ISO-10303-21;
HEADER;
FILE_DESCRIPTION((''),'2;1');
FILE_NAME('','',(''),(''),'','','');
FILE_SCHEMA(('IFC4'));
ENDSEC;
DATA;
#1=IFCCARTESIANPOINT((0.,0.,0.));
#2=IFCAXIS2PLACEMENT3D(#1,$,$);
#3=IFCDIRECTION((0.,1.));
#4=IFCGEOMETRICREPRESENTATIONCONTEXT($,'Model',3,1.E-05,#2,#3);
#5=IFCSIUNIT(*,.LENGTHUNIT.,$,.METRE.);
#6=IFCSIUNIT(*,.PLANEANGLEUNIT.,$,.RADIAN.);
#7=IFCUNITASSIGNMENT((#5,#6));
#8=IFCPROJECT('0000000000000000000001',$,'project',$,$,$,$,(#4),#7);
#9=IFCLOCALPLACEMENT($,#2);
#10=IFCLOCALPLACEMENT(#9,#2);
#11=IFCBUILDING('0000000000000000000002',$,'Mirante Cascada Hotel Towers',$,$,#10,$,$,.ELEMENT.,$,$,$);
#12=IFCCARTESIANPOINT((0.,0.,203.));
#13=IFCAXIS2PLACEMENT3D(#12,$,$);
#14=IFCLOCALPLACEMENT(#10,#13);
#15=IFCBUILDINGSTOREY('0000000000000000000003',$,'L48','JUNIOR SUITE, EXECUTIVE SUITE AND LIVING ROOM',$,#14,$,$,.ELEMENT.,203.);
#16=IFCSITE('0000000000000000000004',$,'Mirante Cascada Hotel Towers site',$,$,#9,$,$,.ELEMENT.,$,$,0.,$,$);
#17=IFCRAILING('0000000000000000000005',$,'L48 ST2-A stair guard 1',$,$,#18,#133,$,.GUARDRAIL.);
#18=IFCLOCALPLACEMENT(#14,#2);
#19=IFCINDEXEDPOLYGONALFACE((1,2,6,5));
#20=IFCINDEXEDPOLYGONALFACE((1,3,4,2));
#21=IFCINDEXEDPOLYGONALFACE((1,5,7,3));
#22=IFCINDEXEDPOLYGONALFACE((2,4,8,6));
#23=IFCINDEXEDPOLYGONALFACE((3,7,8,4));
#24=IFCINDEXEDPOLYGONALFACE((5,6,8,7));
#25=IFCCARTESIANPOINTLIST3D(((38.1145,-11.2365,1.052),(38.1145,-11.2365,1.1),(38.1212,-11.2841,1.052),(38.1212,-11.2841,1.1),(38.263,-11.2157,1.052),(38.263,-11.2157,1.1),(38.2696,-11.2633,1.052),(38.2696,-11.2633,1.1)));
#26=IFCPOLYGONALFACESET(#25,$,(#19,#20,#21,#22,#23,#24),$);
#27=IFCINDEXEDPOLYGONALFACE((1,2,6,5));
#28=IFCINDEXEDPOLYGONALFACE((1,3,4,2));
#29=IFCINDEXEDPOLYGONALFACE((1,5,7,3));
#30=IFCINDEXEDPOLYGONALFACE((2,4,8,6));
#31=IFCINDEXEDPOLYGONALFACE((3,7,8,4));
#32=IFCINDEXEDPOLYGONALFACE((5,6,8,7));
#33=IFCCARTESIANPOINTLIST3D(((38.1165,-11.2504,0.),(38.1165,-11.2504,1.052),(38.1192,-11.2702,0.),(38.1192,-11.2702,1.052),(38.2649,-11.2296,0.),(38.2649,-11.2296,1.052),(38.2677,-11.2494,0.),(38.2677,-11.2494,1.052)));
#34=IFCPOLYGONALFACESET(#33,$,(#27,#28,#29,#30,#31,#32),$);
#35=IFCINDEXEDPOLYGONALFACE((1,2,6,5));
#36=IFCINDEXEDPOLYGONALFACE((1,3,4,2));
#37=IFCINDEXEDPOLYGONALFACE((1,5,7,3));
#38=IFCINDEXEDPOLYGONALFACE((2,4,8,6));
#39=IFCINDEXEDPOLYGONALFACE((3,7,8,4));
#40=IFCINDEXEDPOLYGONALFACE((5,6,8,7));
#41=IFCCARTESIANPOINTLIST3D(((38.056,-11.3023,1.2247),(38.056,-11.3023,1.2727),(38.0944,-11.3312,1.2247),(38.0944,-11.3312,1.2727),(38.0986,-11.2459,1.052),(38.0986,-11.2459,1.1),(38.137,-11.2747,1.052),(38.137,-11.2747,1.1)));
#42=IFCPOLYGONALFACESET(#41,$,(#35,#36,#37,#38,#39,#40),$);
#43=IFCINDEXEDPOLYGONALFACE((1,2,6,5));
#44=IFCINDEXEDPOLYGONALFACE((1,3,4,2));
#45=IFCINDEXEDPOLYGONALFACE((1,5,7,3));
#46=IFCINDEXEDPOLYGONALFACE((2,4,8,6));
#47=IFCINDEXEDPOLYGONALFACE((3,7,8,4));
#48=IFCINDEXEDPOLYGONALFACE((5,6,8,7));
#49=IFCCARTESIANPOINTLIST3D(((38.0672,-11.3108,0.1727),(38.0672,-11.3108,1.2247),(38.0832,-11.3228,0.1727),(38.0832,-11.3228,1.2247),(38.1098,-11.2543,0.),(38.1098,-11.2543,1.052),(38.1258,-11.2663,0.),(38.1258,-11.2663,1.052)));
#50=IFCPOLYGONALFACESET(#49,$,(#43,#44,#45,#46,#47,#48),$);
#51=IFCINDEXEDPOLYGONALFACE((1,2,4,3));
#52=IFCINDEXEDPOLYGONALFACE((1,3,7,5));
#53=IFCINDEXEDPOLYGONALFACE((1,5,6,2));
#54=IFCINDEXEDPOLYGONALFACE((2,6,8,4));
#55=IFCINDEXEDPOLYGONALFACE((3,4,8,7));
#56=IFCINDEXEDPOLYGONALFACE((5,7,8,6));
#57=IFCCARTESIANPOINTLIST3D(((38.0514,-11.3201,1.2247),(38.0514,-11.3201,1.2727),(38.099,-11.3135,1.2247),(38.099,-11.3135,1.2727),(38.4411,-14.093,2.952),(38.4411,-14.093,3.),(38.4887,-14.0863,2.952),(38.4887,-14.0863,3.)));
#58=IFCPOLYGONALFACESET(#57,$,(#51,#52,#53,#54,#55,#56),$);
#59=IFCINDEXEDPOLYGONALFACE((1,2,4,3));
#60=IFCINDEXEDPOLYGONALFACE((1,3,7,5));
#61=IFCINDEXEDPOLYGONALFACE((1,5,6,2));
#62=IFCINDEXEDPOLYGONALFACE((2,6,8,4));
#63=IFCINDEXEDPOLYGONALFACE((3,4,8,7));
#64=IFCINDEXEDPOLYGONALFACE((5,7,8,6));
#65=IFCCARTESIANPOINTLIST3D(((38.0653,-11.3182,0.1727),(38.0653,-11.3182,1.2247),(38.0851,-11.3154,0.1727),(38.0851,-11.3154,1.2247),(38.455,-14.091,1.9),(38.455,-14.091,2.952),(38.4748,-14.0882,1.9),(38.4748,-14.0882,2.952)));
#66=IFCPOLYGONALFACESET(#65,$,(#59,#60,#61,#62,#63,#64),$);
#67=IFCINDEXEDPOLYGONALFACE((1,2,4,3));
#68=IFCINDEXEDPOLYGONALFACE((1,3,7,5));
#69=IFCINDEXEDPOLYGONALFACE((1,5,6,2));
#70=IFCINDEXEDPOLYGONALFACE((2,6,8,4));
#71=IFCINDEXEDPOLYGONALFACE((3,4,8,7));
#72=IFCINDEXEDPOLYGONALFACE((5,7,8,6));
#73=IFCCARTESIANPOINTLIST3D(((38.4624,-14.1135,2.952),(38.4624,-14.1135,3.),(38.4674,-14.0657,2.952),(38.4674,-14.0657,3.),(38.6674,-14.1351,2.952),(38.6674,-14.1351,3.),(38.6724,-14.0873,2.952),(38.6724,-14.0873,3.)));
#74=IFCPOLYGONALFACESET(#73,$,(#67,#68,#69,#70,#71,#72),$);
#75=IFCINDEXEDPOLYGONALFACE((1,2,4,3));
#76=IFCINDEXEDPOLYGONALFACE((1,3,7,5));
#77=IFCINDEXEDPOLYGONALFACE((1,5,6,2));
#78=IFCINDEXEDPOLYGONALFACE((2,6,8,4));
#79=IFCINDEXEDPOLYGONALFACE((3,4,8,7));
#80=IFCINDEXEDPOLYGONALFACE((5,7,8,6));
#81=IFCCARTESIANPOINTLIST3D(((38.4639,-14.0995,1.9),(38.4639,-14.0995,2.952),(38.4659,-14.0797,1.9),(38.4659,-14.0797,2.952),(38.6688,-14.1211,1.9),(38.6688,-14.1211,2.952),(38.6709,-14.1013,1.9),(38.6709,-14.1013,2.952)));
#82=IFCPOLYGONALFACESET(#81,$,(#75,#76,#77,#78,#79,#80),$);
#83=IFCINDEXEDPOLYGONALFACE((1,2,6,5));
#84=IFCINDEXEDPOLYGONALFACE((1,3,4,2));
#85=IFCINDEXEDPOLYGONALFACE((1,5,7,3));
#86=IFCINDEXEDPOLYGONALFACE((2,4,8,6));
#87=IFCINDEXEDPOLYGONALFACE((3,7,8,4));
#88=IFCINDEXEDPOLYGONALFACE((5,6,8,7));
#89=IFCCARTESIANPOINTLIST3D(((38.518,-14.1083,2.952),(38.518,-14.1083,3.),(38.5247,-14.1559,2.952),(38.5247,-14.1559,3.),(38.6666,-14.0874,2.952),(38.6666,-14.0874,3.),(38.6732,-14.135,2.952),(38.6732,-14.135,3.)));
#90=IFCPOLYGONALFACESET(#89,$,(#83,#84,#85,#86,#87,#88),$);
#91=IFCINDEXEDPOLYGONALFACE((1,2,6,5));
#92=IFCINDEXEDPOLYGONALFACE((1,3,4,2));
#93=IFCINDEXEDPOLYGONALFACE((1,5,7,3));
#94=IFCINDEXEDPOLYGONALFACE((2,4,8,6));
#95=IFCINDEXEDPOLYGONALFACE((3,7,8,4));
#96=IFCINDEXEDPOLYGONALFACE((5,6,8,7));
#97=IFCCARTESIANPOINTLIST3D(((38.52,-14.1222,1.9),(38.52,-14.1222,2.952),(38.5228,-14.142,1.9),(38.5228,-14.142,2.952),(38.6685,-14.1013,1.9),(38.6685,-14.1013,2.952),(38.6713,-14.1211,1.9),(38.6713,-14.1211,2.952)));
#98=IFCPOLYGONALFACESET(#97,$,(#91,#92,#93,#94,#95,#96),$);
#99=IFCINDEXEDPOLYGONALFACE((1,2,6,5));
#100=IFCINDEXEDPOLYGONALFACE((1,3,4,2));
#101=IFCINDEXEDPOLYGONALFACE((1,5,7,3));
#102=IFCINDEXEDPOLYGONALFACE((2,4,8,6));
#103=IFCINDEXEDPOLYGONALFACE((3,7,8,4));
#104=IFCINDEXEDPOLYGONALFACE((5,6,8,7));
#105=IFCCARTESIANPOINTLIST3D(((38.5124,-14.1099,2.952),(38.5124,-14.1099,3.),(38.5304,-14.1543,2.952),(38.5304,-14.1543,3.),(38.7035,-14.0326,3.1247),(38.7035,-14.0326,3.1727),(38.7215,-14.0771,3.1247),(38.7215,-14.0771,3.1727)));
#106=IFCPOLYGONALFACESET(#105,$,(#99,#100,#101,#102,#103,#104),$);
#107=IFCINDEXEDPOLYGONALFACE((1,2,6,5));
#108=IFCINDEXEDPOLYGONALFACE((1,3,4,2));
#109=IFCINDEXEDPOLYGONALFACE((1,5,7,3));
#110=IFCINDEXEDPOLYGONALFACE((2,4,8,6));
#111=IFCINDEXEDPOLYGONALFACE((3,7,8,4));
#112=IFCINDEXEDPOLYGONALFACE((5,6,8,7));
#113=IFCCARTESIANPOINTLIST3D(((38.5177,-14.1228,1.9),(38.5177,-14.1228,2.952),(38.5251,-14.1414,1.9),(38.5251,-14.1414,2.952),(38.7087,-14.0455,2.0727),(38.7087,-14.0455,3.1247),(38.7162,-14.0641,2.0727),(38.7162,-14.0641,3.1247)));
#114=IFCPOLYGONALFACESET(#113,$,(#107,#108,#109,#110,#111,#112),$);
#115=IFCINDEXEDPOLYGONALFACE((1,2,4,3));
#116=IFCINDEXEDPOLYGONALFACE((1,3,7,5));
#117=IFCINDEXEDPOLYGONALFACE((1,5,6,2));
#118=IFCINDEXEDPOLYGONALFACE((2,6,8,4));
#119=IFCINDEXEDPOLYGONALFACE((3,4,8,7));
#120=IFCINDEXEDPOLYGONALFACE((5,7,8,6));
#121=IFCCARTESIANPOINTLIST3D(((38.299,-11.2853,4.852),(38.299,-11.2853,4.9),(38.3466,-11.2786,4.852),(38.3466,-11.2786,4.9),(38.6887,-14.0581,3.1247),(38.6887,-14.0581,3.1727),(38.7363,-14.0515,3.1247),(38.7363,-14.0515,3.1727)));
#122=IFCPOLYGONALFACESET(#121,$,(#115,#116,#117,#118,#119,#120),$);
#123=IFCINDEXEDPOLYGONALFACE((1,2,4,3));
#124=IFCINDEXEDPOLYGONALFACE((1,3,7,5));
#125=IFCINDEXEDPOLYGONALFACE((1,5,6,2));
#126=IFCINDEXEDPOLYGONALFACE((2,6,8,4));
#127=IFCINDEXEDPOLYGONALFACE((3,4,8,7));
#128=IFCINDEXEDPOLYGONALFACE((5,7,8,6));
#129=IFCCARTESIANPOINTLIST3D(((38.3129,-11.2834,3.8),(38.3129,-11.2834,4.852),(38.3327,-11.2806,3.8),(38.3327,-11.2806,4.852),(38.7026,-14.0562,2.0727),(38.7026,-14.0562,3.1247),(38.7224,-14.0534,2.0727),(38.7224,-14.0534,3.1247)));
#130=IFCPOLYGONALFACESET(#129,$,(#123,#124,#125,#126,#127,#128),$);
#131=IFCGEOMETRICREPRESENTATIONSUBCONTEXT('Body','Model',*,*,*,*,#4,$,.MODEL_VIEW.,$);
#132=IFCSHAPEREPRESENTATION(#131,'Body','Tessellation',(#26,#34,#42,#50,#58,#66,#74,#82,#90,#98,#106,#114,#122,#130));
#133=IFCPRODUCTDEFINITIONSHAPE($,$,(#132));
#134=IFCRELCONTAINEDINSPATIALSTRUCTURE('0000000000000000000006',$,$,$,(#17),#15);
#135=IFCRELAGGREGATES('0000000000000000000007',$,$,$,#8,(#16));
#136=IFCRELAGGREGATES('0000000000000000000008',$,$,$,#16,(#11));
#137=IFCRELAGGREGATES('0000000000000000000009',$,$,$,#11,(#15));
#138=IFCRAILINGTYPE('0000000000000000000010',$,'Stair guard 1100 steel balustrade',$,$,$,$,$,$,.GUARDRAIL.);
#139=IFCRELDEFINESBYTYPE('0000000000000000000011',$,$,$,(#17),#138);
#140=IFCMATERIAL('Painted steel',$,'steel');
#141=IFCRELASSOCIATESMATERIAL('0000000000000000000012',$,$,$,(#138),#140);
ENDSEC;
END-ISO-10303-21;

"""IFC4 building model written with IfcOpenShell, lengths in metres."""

from ifc_helpers import new_model, si_unit, direction, frame, origin, origin_2d, place, context, subcontext, project, spatial, rectangle, extrude, material, type_object, element, save


model = new_model("IFC4")

# Units and contexts
model_context = context("Model", 3, precision=1e-05, world=origin(), true_north=direction((0.0, 1.0)))
body_context = subcontext(model_context, "Body", "Model", "MODEL_VIEW")
ifc_project = project(units=[si_unit("LENGTHUNIT", "METRE"), si_unit("PLANEANGLEUNIT", "RADIAN")], contexts=[model_context])

# Site, building, storey
site_placement = place(None, origin())
site = spatial("IfcSite", under=ifc_project, at=site_placement, Name="Mirante Cascada Hotel Towers site", CompositionType="ELEMENT", RefElevation=0.0)
building_placement = place(site_placement, origin())
building = spatial("IfcBuilding", under=site, at=building_placement, Name="Mirante Cascada Hotel Towers", CompositionType="ELEMENT")
storey_placement = place(building_placement, frame((0.0, 0.0, 203.0)))
storey = spatial("IfcBuildingStorey", under=building, at=storey_placement, Name="L48", Description="JUNIOR SUITE, EXECUTIVE SUITE AND LIVING ROOM", CompositionType="ELEMENT", Elevation=203.0)

# Railing
ifc_material_1 = material(Name="Painted steel", Category="steel")
railing_type = type_object("IfcRailingType", Name="Stair guard 1100 steel balustrade", PredefinedType="GUARDRAIL", material=ifc_material_1)
railing_placement = place(storey_placement, frame((38.2663, -11.2395, 0.0)))
element("IfcRailing", 1, at=railing_placement, inside=storey, type_object=railing_type, Name="L48 ST2-A stair guard 1", PredefinedType="GUARDRAIL", context=body_context, shape_type="SweptSolid", body=[
    extrude(rectangle(XDim=0.048, YDim=0.048, at=origin_2d()), frame((0.0, 0.0, 1.076), z_axis=(-0.990333, -0.138713, 0.0), x_axis=(0.138713, -0.990333, 0.0)), (0.0, 0.0, 1.0), 0.1499),
    extrude(rectangle(XDim=0.02, YDim=1.052, at=origin_2d()), frame((0.0, 0.0, 0.526), z_axis=(-0.990333, -0.138713, 0.0), x_axis=(0.138713, -0.990333, 0.0)), (0.0, 0.0, 1.0), 0.1499),
    extrude(rectangle(XDim=0.048, YDim=0.048, at=origin_2d()), frame((-0.1485, -0.0208, 1.076), z_axis=(-0.602033, -0.798471, 0.0), x_axis=(0.798471, -0.602033, 0.0)), (0.0, 0.92534, 0.379139), 0.1866),
    extrude(rectangle(XDim=0.02, YDim=1.052, at=origin_2d()), frame((-0.1485, -0.0208, 0.526), z_axis=(-0.602033, -0.798471, 0.0), x_axis=(0.798471, -0.602033, 0.0)), (0.0, 0.92534, 0.379139), 0.1866),
    extrude(rectangle(XDim=0.048, YDim=0.048, at=origin_2d()), frame((-0.1911, -0.0773, 1.2487), z_axis=(0.139176, -0.990268, 0.0), x_axis=(0.990268, 0.139176, 0.0)), (0.0, 0.525021, 0.851089), 3.29),
    extrude(rectangle(XDim=0.02, YDim=1.052, at=origin_2d()), frame((-0.1911, -0.0773, 0.6987), z_axis=(0.139176, -0.990268, 0.0), x_axis=(0.990268, 0.139176, 0.0)), (0.0, 0.525021, 0.851089), 3.29),
    extrude(rectangle(XDim=0.048, YDim=0.048, at=origin_2d()), frame((0.1986, -2.8501, 2.976), z_axis=(0.994495, -0.104786, 0.0), x_axis=(0.104786, 0.994495, 0.0)), (0.0, 0.0, 1.0), 0.2061),
    extrude(rectangle(XDim=0.02, YDim=1.052, at=origin_2d()), frame((0.1986, -2.8501, 2.426), z_axis=(0.994495, -0.104786, 0.0), x_axis=(0.104786, 0.994495, 0.0)), (0.0, 0.0, 1.0), 0.2061),
    extrude(rectangle(XDim=0.048, YDim=0.048, at=origin_2d()), frame((0.4036, -2.8717, 2.976), z_axis=(-0.990241, -0.139367, 0.0), x_axis=(0.139367, -0.990241, 0.0)), (0.0, 0.0, 1.0), 0.15),
    extrude(rectangle(XDim=0.02, YDim=1.052, at=origin_2d()), frame((0.4036, -2.8717, 2.426), z_axis=(-0.990241, -0.139367, 0.0), x_axis=(0.139367, -0.990241, 0.0)), (0.0, 0.0, 1.0), 0.15),
    extrude(rectangle(XDim=0.048, YDim=0.048, at=origin_2d()), frame((0.2551, -2.8926, 2.976), z_axis=(0.927031, 0.374984, 0.0), x_axis=(-0.374984, 0.927031, 0.0)), (0.0, 0.64219, 0.766545), 0.2689),
    extrude(rectangle(XDim=0.02, YDim=1.052, at=origin_2d()), frame((0.2551, -2.8926, 2.426), z_axis=(0.927031, 0.374984, 0.0), x_axis=(-0.374984, 0.927031, 0.0)), (0.0, 0.64219, 0.766545), 0.2689),
    extrude(rectangle(XDim=0.048, YDim=0.048, at=origin_2d()), frame((0.4462, -2.8153, 3.1487), z_axis=(-0.139176, 0.990268, 0.0), x_axis=(-0.990268, -0.139176, 0.0)), (0.0, 0.525021, 0.851089), 3.29),
    extrude(rectangle(XDim=0.02, YDim=1.052, at=origin_2d()), frame((0.4462, -2.8153, 2.5987), z_axis=(-0.139176, 0.990268, 0.0), x_axis=(-0.990268, -0.139176, 0.0)), (0.0, 0.525021, 0.851089), 3.29),
])

save(model, "model.ifc")
